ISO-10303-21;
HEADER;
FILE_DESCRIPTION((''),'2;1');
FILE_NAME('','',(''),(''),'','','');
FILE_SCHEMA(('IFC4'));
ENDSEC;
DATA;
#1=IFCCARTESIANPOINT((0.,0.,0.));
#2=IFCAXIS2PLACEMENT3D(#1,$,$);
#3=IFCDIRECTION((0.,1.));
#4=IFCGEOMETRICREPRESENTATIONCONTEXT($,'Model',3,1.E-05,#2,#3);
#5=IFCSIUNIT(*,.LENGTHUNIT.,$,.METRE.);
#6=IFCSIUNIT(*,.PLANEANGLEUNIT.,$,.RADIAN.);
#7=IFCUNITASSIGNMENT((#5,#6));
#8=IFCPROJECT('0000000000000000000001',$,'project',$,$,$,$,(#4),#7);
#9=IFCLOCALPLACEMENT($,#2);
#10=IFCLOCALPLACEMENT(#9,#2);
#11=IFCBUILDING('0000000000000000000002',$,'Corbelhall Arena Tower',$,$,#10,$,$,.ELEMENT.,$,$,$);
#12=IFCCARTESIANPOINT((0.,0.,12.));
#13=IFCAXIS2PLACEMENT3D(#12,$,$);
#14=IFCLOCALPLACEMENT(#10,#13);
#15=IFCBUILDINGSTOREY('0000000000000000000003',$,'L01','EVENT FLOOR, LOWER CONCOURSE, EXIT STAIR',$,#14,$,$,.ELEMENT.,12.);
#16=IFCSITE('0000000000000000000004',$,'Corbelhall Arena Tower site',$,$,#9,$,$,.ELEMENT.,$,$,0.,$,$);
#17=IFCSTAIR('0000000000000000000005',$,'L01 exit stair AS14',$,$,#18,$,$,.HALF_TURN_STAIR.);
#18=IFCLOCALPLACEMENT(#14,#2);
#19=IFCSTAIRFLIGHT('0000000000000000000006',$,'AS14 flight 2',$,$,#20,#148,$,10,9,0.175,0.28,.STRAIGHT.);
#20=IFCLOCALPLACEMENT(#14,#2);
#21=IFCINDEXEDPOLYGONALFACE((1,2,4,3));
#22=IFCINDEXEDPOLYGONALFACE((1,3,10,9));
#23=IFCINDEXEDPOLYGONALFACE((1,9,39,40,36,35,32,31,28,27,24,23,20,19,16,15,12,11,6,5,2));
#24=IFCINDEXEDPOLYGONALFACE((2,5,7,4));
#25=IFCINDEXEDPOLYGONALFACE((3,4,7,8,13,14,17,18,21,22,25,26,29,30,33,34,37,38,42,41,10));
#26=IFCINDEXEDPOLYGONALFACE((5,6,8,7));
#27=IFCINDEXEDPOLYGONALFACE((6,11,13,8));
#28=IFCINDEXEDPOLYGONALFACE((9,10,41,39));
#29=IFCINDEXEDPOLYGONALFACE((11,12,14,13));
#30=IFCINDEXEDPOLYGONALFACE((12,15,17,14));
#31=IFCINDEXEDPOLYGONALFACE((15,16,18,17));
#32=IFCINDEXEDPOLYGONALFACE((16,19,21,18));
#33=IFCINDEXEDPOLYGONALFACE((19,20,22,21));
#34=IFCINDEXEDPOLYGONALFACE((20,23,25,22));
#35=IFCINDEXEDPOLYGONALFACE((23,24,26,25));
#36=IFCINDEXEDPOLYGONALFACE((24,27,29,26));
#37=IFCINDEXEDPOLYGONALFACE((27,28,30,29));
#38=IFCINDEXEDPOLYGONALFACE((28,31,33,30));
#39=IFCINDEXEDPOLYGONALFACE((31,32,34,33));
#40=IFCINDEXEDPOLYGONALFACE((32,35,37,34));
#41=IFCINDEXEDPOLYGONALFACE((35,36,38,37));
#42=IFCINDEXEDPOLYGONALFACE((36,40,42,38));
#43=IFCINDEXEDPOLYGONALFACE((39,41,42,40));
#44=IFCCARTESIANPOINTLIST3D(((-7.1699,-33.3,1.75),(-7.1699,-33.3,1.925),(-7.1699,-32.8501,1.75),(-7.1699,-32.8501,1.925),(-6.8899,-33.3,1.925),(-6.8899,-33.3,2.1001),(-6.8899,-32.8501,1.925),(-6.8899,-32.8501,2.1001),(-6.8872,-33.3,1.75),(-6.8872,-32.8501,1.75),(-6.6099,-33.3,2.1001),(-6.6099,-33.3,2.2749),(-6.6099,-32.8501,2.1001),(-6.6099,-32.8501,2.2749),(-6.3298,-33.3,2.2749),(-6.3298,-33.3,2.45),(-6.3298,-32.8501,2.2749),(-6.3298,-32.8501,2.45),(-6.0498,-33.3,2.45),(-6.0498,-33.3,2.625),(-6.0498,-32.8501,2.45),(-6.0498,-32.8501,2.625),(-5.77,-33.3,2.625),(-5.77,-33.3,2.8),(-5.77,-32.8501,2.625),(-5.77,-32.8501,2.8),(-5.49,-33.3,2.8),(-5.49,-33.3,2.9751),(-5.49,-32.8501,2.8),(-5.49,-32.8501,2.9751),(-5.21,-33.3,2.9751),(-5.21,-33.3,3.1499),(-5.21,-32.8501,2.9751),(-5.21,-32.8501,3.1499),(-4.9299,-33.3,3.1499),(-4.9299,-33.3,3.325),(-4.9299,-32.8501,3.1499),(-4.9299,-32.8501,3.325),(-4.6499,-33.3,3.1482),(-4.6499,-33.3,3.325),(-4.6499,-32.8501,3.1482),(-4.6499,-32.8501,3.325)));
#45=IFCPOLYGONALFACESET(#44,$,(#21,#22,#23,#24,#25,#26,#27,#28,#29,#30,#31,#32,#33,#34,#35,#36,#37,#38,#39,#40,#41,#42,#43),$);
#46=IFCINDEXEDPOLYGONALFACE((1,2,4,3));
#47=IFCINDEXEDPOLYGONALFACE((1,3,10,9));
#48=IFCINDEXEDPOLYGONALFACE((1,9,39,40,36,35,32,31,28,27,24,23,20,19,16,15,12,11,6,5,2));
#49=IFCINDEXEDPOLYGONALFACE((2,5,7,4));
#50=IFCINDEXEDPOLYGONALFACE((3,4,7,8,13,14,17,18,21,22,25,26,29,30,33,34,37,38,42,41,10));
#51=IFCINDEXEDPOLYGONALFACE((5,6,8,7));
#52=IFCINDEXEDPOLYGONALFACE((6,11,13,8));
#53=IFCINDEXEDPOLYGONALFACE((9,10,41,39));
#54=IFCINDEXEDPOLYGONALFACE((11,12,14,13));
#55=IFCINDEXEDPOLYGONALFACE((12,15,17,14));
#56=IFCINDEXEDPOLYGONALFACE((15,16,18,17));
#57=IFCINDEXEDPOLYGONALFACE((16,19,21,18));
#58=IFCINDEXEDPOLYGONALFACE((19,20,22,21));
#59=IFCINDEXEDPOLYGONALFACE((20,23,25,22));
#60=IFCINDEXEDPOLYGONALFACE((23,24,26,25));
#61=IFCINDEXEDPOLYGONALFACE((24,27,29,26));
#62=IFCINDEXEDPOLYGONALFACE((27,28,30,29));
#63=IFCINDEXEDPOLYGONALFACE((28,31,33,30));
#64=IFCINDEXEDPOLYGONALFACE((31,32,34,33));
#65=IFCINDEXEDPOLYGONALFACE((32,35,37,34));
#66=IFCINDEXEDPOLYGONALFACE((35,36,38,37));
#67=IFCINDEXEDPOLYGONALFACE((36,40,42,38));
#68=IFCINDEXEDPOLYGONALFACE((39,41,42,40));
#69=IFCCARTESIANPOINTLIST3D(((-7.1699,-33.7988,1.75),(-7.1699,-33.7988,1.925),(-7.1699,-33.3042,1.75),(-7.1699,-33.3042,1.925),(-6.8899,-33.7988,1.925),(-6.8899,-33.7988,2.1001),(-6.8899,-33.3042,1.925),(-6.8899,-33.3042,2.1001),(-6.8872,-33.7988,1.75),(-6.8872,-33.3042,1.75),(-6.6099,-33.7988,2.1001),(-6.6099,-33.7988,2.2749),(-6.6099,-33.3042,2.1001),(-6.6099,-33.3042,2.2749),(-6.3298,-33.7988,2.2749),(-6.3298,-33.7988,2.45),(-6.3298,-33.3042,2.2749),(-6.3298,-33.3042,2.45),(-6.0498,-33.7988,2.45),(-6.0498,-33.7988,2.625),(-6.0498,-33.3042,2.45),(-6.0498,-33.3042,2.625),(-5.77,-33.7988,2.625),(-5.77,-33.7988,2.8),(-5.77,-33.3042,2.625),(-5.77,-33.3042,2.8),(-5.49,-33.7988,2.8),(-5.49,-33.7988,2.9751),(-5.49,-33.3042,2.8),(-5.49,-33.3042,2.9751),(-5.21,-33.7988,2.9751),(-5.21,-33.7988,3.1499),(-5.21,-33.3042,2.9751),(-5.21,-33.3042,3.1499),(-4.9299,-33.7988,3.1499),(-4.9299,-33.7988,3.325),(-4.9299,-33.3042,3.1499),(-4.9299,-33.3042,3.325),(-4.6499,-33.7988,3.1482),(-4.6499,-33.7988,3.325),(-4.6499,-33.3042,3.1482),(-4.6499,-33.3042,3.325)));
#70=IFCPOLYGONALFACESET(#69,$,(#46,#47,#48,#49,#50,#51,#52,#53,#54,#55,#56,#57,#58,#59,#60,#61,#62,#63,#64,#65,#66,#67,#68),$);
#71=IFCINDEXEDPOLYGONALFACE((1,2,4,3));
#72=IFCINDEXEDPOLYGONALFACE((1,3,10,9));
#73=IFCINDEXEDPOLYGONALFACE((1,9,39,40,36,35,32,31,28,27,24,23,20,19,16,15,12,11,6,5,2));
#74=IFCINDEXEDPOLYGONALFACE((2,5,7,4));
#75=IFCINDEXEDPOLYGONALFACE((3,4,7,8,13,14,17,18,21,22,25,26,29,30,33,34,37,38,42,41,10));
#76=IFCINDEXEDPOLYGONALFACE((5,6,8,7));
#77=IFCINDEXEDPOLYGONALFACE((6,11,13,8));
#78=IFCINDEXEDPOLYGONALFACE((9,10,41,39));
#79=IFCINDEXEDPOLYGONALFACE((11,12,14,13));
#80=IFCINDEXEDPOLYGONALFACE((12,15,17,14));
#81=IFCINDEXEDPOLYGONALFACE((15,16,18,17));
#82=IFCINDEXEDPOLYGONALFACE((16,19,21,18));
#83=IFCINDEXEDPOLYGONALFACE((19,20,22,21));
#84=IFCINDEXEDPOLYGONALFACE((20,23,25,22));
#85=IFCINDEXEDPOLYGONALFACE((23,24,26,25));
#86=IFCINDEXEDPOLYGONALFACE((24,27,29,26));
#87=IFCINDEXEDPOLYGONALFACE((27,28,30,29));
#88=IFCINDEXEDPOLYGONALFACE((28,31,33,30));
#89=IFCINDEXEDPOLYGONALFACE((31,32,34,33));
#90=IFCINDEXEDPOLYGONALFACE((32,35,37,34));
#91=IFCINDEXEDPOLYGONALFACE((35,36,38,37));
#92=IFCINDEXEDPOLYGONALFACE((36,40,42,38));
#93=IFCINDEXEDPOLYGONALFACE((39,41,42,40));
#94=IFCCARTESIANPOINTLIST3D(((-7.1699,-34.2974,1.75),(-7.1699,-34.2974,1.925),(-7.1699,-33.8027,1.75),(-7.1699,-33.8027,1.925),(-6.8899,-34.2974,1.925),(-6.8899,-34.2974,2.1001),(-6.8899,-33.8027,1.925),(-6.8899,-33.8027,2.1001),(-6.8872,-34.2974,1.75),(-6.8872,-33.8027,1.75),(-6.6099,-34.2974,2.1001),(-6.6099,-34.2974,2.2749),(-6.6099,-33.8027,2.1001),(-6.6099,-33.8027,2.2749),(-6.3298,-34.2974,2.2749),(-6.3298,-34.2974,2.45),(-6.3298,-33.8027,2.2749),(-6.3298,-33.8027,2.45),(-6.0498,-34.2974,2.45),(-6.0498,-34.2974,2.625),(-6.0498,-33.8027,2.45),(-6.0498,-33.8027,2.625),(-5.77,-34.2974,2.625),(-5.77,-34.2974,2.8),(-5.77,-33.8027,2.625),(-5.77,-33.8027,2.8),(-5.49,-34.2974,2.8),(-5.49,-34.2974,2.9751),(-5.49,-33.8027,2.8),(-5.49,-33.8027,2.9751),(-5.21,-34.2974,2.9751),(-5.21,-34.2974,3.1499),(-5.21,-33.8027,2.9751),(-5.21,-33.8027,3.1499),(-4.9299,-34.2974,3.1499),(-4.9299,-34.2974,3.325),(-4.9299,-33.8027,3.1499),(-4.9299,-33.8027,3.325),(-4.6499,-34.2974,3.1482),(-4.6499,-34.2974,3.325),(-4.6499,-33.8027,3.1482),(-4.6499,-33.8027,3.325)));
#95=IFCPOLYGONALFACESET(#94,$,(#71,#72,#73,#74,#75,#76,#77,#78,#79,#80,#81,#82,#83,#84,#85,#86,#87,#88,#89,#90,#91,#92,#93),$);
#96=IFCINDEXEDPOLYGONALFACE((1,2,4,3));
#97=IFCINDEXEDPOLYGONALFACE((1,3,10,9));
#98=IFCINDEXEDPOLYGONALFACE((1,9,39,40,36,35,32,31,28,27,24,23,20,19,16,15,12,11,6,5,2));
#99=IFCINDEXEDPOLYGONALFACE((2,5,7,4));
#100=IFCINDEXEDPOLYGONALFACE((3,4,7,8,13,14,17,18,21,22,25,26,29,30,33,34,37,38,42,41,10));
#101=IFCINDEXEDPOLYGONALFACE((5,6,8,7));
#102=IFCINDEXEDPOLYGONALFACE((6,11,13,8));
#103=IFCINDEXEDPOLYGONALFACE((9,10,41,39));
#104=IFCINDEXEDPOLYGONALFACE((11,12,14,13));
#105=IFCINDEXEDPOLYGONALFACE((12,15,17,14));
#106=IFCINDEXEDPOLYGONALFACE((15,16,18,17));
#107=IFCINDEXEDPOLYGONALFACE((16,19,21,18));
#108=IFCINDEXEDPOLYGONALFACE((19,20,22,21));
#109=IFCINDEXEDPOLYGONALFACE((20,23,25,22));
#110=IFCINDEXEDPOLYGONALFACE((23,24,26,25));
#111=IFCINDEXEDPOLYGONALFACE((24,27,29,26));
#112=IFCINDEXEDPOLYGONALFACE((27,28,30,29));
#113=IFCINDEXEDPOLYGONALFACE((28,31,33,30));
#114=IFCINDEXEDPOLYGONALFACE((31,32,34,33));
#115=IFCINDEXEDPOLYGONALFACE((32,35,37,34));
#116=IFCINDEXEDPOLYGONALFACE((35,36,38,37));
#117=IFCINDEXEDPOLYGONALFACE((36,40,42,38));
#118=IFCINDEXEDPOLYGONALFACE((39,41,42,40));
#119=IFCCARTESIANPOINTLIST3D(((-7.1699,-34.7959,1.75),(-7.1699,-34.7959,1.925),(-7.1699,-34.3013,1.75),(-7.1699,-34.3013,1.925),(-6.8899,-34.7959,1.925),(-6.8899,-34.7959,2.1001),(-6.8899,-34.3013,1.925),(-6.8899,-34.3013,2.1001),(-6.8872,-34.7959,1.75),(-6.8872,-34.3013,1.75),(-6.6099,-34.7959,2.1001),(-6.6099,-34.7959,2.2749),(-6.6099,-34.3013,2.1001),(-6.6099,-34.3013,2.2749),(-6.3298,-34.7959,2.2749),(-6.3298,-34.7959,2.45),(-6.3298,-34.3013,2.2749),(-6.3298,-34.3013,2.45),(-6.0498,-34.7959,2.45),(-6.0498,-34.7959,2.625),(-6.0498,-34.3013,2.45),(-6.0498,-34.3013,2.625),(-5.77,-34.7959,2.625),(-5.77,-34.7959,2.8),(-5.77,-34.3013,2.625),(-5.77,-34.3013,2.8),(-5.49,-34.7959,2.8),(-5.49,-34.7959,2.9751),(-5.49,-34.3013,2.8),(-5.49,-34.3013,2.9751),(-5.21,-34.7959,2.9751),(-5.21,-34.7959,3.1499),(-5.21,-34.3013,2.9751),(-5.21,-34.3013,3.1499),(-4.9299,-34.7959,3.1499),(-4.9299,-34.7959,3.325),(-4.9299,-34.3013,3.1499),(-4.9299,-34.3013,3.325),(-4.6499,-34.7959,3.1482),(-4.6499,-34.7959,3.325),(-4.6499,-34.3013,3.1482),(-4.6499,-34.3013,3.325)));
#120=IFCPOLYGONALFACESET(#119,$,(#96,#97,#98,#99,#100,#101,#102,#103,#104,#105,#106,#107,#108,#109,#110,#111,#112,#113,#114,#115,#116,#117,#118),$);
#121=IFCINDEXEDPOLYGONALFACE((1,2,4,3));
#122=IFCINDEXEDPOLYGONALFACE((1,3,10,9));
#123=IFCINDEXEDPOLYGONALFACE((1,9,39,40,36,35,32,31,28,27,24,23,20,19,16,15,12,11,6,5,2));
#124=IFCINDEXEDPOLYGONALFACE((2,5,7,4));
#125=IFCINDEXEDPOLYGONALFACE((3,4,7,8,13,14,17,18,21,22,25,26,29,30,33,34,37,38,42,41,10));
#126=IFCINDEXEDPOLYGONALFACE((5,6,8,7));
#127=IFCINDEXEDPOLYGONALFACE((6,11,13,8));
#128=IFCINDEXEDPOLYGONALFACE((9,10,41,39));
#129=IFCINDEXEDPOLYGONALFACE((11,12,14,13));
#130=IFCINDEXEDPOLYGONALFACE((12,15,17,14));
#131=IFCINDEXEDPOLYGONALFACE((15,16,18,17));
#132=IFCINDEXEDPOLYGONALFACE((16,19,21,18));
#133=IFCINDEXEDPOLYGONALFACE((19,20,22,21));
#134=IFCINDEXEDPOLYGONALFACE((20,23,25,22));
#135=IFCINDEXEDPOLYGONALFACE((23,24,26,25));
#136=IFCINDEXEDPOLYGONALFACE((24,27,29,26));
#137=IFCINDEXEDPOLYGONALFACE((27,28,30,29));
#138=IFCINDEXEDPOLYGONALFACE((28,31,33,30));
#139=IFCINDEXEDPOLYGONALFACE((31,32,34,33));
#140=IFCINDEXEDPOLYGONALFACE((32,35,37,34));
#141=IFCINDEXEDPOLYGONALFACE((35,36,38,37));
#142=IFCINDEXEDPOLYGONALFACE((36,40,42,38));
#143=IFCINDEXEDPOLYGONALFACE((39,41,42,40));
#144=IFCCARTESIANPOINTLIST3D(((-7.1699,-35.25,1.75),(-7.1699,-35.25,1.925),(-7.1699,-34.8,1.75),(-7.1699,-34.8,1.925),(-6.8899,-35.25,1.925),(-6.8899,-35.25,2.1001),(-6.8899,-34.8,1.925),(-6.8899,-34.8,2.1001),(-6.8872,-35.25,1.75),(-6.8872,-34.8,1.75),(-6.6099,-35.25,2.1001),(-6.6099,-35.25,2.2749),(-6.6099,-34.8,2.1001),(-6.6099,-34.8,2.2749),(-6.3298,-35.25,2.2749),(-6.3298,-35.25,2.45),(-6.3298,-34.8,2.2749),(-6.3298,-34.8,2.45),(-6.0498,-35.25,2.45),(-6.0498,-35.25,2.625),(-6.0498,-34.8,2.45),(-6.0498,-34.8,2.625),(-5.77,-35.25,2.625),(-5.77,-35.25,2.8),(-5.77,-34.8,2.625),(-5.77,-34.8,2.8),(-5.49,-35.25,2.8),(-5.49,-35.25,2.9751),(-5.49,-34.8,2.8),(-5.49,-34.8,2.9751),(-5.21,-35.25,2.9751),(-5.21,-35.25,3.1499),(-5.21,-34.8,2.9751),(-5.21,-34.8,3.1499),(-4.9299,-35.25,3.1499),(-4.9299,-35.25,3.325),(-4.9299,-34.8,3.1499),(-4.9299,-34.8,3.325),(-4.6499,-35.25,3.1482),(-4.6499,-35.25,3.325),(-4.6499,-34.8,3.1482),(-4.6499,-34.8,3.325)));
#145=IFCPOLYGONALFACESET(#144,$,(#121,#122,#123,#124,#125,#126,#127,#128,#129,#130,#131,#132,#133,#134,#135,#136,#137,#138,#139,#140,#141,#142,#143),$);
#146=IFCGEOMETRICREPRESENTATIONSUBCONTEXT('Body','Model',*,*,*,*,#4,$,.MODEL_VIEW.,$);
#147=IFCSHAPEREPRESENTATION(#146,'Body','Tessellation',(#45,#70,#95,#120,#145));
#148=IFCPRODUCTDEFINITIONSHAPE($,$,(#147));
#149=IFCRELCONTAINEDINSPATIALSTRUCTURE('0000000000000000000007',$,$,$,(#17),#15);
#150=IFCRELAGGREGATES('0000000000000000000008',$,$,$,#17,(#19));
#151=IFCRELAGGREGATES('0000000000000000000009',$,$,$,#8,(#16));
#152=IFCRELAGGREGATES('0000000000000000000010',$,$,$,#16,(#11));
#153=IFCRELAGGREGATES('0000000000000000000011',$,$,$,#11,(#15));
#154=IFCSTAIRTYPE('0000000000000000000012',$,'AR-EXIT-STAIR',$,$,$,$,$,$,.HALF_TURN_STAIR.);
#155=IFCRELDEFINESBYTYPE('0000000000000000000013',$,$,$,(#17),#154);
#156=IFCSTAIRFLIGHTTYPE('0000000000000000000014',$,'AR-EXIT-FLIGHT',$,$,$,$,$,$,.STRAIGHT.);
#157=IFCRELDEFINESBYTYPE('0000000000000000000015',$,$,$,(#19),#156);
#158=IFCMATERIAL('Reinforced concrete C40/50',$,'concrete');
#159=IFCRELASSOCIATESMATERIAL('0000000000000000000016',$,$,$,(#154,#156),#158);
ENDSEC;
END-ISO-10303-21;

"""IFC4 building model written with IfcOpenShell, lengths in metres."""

from ifc_helpers import new_model, si_unit, direction, frame, origin, place, context, subcontext, project, spatial, polyline, outline, extrude, material, type_object, element, aggregate, save


model = new_model("IFC4")

# Units and contexts
model_context = context("Model", 3, precision=1e-05, world=origin(), true_north=direction((0.0, 1.0)))
body_context = subcontext(model_context, "Body", "Model", "MODEL_VIEW")
ifc_project = project(units=[si_unit("LENGTHUNIT", "METRE"), si_unit("PLANEANGLEUNIT", "RADIAN")], contexts=[model_context])

# Site, building, storey
site_placement = place(None, origin())
site = spatial("IfcSite", under=ifc_project, at=site_placement, Name="Corbelhall Arena Tower site", CompositionType="ELEMENT", RefElevation=0.0)
building_placement = place(site_placement, origin())
building = spatial("IfcBuilding", under=site, at=building_placement, Name="Corbelhall Arena Tower", CompositionType="ELEMENT")
storey_placement = place(building_placement, frame((0.0, 0.0, 12.0)))
storey = spatial("IfcBuildingStorey", under=building, at=storey_placement, Name="L01", Description="EVENT FLOOR, LOWER CONCOURSE, EXIT STAIR", CompositionType="ELEMENT", Elevation=12.0)

# Shared definitions
ifc_material_1 = material(Name="Reinforced concrete C40/50", Category="concrete")

# Stair, stair flight
stair_type = type_object("IfcStairType", Name="AR-EXIT-STAIR", PredefinedType="HALF_TURN_STAIR", material=ifc_material_1)
stair_placement = place(storey_placement, origin())
stair = element("IfcStair", 1, at=stair_placement, inside=storey, type_object=stair_type, Name="L01 exit stair AS14", PredefinedType="HALF_TURN_STAIR")
stair_flight_type = type_object("IfcStairFlightType", Name="AR-EXIT-FLIGHT", PredefinedType="STRAIGHT", material=ifc_material_1)
stair_flight_1_placement = place(storey_placement, frame((-7.1699, -34.05, 1.75), z_axis=(0.0, 0.0, 1.0), x_axis=(1.0, 0.0, 0.0)))
stair_flight_1 = element("IfcStairFlight", 2, at=stair_flight_1_placement, type_object=stair_flight_type, Name="AS14 flight 2", NumberOfRisers=10, NumberOfTreads=9, PredefinedType="STRAIGHT", RiserHeight=0.175, TreadLength=0.28, context=body_context, shape_type="SweptSolid", body=[
    extrude(outline(polyline([(0.0, 0.0), (0.0, 0.175), (0.28, 0.175), (0.28, 0.3501), (0.5601, 0.3501), (0.5601, 0.5249), (0.8401, 0.5249), (0.8401, 0.7), (1.1201, 0.7), (1.1201, 0.875), (1.3999, 0.875), (1.3999, 1.05), (1.6799, 1.05), (1.6799, 1.2251), (1.96, 1.2251), (1.96, 1.3999), (2.24, 1.3999), (2.24, 1.575), (2.52, 1.575), (2.52, 1.75), (2.52, 1.3982), (0.2827, 0.0), (0.0, 0.0)])), frame((0.0, 1.2, 0.0), z_axis=(0.0, -1.0, 0.0), x_axis=(1.0, 0.0, 0.0)), (0.0, 0.0, 1.0), 0.45),
    extrude(outline(polyline([(0.0, 0.0), (0.0, 0.175), (0.28, 0.175), (0.28, 0.3501), (0.5601, 0.3501), (0.5601, 0.5249), (0.8401, 0.5249), (0.8401, 0.7), (1.1201, 0.7), (1.1201, 0.875), (1.3999, 0.875), (1.3999, 1.05), (1.6799, 1.05), (1.6799, 1.2251), (1.96, 1.2251), (1.96, 1.3999), (2.24, 1.3999), (2.24, 1.575), (2.52, 1.575), (2.52, 1.75), (2.52, 1.3982), (0.2827, 0.0), (0.0, 0.0)])), frame((0.0, 0.7458, 0.0), z_axis=(0.0, -1.0, 0.0), x_axis=(1.0, 0.0, 0.0)), (0.0, 0.0, 1.0), 0.4946),
    extrude(outline(polyline([(0.0, 0.0), (0.0, 0.175), (0.28, 0.175), (0.28, 0.3501), (0.5601, 0.3501), (0.5601, 0.5249), (0.8401, 0.5249), (0.8401, 0.7), (1.1201, 0.7), (1.1201, 0.875), (1.3999, 0.875), (1.3999, 1.05), (1.6799, 1.05), (1.6799, 1.2251), (1.96, 1.2251), (1.96, 1.3999), (2.24, 1.3999), (2.24, 1.575), (2.52, 1.575), (2.52, 1.75), (2.52, 1.3982), (0.2827, 0.0), (0.0, 0.0)])), frame((0.0, 0.2473, 0.0), z_axis=(0.0, -1.0, 0.0), x_axis=(1.0, 0.0, 0.0)), (0.0, 0.0, 1.0), 0.4946),
    extrude(outline(polyline([(0.0, 0.0), (0.0, 0.175), (0.28, 0.175), (0.28, 0.3501), (0.5601, 0.3501), (0.5601, 0.5249), (0.8401, 0.5249), (0.8401, 0.7), (1.1201, 0.7), (1.1201, 0.875), (1.3999, 0.875), (1.3999, 1.05), (1.6799, 1.05), (1.6799, 1.2251), (1.96, 1.2251), (1.96, 1.3999), (2.24, 1.3999), (2.24, 1.575), (2.52, 1.575), (2.52, 1.75), (2.52, 1.3982), (0.2827, 0.0), (0.0, 0.0)])), frame((0.0, -0.2512, 0.0), z_axis=(0.0, -1.0, 0.0), x_axis=(1.0, 0.0, 0.0)), (0.0, 0.0, 1.0), 0.4946),
    extrude(outline(polyline([(0.0, 0.0), (0.0, 0.175), (0.28, 0.175), (0.28, 0.3501), (0.5601, 0.3501), (0.5601, 0.5249), (0.8401, 0.5249), (0.8401, 0.7), (1.1201, 0.7), (1.1201, 0.875), (1.3999, 0.875), (1.3999, 1.05), (1.6799, 1.05), (1.6799, 1.2251), (1.96, 1.2251), (1.96, 1.3999), (2.24, 1.3999), (2.24, 1.575), (2.52, 1.575), (2.52, 1.75), (2.52, 1.3982), (0.2827, 0.0), (0.0, 0.0)])), frame((0.0, -0.75, 0.0), z_axis=(0.0, -1.0, 0.0), x_axis=(1.0, 0.0, 0.0)), (0.0, 0.0, 1.0), 0.45),
])
aggregate(stair, [stair_flight_1])

save(model, "model.ifc")
